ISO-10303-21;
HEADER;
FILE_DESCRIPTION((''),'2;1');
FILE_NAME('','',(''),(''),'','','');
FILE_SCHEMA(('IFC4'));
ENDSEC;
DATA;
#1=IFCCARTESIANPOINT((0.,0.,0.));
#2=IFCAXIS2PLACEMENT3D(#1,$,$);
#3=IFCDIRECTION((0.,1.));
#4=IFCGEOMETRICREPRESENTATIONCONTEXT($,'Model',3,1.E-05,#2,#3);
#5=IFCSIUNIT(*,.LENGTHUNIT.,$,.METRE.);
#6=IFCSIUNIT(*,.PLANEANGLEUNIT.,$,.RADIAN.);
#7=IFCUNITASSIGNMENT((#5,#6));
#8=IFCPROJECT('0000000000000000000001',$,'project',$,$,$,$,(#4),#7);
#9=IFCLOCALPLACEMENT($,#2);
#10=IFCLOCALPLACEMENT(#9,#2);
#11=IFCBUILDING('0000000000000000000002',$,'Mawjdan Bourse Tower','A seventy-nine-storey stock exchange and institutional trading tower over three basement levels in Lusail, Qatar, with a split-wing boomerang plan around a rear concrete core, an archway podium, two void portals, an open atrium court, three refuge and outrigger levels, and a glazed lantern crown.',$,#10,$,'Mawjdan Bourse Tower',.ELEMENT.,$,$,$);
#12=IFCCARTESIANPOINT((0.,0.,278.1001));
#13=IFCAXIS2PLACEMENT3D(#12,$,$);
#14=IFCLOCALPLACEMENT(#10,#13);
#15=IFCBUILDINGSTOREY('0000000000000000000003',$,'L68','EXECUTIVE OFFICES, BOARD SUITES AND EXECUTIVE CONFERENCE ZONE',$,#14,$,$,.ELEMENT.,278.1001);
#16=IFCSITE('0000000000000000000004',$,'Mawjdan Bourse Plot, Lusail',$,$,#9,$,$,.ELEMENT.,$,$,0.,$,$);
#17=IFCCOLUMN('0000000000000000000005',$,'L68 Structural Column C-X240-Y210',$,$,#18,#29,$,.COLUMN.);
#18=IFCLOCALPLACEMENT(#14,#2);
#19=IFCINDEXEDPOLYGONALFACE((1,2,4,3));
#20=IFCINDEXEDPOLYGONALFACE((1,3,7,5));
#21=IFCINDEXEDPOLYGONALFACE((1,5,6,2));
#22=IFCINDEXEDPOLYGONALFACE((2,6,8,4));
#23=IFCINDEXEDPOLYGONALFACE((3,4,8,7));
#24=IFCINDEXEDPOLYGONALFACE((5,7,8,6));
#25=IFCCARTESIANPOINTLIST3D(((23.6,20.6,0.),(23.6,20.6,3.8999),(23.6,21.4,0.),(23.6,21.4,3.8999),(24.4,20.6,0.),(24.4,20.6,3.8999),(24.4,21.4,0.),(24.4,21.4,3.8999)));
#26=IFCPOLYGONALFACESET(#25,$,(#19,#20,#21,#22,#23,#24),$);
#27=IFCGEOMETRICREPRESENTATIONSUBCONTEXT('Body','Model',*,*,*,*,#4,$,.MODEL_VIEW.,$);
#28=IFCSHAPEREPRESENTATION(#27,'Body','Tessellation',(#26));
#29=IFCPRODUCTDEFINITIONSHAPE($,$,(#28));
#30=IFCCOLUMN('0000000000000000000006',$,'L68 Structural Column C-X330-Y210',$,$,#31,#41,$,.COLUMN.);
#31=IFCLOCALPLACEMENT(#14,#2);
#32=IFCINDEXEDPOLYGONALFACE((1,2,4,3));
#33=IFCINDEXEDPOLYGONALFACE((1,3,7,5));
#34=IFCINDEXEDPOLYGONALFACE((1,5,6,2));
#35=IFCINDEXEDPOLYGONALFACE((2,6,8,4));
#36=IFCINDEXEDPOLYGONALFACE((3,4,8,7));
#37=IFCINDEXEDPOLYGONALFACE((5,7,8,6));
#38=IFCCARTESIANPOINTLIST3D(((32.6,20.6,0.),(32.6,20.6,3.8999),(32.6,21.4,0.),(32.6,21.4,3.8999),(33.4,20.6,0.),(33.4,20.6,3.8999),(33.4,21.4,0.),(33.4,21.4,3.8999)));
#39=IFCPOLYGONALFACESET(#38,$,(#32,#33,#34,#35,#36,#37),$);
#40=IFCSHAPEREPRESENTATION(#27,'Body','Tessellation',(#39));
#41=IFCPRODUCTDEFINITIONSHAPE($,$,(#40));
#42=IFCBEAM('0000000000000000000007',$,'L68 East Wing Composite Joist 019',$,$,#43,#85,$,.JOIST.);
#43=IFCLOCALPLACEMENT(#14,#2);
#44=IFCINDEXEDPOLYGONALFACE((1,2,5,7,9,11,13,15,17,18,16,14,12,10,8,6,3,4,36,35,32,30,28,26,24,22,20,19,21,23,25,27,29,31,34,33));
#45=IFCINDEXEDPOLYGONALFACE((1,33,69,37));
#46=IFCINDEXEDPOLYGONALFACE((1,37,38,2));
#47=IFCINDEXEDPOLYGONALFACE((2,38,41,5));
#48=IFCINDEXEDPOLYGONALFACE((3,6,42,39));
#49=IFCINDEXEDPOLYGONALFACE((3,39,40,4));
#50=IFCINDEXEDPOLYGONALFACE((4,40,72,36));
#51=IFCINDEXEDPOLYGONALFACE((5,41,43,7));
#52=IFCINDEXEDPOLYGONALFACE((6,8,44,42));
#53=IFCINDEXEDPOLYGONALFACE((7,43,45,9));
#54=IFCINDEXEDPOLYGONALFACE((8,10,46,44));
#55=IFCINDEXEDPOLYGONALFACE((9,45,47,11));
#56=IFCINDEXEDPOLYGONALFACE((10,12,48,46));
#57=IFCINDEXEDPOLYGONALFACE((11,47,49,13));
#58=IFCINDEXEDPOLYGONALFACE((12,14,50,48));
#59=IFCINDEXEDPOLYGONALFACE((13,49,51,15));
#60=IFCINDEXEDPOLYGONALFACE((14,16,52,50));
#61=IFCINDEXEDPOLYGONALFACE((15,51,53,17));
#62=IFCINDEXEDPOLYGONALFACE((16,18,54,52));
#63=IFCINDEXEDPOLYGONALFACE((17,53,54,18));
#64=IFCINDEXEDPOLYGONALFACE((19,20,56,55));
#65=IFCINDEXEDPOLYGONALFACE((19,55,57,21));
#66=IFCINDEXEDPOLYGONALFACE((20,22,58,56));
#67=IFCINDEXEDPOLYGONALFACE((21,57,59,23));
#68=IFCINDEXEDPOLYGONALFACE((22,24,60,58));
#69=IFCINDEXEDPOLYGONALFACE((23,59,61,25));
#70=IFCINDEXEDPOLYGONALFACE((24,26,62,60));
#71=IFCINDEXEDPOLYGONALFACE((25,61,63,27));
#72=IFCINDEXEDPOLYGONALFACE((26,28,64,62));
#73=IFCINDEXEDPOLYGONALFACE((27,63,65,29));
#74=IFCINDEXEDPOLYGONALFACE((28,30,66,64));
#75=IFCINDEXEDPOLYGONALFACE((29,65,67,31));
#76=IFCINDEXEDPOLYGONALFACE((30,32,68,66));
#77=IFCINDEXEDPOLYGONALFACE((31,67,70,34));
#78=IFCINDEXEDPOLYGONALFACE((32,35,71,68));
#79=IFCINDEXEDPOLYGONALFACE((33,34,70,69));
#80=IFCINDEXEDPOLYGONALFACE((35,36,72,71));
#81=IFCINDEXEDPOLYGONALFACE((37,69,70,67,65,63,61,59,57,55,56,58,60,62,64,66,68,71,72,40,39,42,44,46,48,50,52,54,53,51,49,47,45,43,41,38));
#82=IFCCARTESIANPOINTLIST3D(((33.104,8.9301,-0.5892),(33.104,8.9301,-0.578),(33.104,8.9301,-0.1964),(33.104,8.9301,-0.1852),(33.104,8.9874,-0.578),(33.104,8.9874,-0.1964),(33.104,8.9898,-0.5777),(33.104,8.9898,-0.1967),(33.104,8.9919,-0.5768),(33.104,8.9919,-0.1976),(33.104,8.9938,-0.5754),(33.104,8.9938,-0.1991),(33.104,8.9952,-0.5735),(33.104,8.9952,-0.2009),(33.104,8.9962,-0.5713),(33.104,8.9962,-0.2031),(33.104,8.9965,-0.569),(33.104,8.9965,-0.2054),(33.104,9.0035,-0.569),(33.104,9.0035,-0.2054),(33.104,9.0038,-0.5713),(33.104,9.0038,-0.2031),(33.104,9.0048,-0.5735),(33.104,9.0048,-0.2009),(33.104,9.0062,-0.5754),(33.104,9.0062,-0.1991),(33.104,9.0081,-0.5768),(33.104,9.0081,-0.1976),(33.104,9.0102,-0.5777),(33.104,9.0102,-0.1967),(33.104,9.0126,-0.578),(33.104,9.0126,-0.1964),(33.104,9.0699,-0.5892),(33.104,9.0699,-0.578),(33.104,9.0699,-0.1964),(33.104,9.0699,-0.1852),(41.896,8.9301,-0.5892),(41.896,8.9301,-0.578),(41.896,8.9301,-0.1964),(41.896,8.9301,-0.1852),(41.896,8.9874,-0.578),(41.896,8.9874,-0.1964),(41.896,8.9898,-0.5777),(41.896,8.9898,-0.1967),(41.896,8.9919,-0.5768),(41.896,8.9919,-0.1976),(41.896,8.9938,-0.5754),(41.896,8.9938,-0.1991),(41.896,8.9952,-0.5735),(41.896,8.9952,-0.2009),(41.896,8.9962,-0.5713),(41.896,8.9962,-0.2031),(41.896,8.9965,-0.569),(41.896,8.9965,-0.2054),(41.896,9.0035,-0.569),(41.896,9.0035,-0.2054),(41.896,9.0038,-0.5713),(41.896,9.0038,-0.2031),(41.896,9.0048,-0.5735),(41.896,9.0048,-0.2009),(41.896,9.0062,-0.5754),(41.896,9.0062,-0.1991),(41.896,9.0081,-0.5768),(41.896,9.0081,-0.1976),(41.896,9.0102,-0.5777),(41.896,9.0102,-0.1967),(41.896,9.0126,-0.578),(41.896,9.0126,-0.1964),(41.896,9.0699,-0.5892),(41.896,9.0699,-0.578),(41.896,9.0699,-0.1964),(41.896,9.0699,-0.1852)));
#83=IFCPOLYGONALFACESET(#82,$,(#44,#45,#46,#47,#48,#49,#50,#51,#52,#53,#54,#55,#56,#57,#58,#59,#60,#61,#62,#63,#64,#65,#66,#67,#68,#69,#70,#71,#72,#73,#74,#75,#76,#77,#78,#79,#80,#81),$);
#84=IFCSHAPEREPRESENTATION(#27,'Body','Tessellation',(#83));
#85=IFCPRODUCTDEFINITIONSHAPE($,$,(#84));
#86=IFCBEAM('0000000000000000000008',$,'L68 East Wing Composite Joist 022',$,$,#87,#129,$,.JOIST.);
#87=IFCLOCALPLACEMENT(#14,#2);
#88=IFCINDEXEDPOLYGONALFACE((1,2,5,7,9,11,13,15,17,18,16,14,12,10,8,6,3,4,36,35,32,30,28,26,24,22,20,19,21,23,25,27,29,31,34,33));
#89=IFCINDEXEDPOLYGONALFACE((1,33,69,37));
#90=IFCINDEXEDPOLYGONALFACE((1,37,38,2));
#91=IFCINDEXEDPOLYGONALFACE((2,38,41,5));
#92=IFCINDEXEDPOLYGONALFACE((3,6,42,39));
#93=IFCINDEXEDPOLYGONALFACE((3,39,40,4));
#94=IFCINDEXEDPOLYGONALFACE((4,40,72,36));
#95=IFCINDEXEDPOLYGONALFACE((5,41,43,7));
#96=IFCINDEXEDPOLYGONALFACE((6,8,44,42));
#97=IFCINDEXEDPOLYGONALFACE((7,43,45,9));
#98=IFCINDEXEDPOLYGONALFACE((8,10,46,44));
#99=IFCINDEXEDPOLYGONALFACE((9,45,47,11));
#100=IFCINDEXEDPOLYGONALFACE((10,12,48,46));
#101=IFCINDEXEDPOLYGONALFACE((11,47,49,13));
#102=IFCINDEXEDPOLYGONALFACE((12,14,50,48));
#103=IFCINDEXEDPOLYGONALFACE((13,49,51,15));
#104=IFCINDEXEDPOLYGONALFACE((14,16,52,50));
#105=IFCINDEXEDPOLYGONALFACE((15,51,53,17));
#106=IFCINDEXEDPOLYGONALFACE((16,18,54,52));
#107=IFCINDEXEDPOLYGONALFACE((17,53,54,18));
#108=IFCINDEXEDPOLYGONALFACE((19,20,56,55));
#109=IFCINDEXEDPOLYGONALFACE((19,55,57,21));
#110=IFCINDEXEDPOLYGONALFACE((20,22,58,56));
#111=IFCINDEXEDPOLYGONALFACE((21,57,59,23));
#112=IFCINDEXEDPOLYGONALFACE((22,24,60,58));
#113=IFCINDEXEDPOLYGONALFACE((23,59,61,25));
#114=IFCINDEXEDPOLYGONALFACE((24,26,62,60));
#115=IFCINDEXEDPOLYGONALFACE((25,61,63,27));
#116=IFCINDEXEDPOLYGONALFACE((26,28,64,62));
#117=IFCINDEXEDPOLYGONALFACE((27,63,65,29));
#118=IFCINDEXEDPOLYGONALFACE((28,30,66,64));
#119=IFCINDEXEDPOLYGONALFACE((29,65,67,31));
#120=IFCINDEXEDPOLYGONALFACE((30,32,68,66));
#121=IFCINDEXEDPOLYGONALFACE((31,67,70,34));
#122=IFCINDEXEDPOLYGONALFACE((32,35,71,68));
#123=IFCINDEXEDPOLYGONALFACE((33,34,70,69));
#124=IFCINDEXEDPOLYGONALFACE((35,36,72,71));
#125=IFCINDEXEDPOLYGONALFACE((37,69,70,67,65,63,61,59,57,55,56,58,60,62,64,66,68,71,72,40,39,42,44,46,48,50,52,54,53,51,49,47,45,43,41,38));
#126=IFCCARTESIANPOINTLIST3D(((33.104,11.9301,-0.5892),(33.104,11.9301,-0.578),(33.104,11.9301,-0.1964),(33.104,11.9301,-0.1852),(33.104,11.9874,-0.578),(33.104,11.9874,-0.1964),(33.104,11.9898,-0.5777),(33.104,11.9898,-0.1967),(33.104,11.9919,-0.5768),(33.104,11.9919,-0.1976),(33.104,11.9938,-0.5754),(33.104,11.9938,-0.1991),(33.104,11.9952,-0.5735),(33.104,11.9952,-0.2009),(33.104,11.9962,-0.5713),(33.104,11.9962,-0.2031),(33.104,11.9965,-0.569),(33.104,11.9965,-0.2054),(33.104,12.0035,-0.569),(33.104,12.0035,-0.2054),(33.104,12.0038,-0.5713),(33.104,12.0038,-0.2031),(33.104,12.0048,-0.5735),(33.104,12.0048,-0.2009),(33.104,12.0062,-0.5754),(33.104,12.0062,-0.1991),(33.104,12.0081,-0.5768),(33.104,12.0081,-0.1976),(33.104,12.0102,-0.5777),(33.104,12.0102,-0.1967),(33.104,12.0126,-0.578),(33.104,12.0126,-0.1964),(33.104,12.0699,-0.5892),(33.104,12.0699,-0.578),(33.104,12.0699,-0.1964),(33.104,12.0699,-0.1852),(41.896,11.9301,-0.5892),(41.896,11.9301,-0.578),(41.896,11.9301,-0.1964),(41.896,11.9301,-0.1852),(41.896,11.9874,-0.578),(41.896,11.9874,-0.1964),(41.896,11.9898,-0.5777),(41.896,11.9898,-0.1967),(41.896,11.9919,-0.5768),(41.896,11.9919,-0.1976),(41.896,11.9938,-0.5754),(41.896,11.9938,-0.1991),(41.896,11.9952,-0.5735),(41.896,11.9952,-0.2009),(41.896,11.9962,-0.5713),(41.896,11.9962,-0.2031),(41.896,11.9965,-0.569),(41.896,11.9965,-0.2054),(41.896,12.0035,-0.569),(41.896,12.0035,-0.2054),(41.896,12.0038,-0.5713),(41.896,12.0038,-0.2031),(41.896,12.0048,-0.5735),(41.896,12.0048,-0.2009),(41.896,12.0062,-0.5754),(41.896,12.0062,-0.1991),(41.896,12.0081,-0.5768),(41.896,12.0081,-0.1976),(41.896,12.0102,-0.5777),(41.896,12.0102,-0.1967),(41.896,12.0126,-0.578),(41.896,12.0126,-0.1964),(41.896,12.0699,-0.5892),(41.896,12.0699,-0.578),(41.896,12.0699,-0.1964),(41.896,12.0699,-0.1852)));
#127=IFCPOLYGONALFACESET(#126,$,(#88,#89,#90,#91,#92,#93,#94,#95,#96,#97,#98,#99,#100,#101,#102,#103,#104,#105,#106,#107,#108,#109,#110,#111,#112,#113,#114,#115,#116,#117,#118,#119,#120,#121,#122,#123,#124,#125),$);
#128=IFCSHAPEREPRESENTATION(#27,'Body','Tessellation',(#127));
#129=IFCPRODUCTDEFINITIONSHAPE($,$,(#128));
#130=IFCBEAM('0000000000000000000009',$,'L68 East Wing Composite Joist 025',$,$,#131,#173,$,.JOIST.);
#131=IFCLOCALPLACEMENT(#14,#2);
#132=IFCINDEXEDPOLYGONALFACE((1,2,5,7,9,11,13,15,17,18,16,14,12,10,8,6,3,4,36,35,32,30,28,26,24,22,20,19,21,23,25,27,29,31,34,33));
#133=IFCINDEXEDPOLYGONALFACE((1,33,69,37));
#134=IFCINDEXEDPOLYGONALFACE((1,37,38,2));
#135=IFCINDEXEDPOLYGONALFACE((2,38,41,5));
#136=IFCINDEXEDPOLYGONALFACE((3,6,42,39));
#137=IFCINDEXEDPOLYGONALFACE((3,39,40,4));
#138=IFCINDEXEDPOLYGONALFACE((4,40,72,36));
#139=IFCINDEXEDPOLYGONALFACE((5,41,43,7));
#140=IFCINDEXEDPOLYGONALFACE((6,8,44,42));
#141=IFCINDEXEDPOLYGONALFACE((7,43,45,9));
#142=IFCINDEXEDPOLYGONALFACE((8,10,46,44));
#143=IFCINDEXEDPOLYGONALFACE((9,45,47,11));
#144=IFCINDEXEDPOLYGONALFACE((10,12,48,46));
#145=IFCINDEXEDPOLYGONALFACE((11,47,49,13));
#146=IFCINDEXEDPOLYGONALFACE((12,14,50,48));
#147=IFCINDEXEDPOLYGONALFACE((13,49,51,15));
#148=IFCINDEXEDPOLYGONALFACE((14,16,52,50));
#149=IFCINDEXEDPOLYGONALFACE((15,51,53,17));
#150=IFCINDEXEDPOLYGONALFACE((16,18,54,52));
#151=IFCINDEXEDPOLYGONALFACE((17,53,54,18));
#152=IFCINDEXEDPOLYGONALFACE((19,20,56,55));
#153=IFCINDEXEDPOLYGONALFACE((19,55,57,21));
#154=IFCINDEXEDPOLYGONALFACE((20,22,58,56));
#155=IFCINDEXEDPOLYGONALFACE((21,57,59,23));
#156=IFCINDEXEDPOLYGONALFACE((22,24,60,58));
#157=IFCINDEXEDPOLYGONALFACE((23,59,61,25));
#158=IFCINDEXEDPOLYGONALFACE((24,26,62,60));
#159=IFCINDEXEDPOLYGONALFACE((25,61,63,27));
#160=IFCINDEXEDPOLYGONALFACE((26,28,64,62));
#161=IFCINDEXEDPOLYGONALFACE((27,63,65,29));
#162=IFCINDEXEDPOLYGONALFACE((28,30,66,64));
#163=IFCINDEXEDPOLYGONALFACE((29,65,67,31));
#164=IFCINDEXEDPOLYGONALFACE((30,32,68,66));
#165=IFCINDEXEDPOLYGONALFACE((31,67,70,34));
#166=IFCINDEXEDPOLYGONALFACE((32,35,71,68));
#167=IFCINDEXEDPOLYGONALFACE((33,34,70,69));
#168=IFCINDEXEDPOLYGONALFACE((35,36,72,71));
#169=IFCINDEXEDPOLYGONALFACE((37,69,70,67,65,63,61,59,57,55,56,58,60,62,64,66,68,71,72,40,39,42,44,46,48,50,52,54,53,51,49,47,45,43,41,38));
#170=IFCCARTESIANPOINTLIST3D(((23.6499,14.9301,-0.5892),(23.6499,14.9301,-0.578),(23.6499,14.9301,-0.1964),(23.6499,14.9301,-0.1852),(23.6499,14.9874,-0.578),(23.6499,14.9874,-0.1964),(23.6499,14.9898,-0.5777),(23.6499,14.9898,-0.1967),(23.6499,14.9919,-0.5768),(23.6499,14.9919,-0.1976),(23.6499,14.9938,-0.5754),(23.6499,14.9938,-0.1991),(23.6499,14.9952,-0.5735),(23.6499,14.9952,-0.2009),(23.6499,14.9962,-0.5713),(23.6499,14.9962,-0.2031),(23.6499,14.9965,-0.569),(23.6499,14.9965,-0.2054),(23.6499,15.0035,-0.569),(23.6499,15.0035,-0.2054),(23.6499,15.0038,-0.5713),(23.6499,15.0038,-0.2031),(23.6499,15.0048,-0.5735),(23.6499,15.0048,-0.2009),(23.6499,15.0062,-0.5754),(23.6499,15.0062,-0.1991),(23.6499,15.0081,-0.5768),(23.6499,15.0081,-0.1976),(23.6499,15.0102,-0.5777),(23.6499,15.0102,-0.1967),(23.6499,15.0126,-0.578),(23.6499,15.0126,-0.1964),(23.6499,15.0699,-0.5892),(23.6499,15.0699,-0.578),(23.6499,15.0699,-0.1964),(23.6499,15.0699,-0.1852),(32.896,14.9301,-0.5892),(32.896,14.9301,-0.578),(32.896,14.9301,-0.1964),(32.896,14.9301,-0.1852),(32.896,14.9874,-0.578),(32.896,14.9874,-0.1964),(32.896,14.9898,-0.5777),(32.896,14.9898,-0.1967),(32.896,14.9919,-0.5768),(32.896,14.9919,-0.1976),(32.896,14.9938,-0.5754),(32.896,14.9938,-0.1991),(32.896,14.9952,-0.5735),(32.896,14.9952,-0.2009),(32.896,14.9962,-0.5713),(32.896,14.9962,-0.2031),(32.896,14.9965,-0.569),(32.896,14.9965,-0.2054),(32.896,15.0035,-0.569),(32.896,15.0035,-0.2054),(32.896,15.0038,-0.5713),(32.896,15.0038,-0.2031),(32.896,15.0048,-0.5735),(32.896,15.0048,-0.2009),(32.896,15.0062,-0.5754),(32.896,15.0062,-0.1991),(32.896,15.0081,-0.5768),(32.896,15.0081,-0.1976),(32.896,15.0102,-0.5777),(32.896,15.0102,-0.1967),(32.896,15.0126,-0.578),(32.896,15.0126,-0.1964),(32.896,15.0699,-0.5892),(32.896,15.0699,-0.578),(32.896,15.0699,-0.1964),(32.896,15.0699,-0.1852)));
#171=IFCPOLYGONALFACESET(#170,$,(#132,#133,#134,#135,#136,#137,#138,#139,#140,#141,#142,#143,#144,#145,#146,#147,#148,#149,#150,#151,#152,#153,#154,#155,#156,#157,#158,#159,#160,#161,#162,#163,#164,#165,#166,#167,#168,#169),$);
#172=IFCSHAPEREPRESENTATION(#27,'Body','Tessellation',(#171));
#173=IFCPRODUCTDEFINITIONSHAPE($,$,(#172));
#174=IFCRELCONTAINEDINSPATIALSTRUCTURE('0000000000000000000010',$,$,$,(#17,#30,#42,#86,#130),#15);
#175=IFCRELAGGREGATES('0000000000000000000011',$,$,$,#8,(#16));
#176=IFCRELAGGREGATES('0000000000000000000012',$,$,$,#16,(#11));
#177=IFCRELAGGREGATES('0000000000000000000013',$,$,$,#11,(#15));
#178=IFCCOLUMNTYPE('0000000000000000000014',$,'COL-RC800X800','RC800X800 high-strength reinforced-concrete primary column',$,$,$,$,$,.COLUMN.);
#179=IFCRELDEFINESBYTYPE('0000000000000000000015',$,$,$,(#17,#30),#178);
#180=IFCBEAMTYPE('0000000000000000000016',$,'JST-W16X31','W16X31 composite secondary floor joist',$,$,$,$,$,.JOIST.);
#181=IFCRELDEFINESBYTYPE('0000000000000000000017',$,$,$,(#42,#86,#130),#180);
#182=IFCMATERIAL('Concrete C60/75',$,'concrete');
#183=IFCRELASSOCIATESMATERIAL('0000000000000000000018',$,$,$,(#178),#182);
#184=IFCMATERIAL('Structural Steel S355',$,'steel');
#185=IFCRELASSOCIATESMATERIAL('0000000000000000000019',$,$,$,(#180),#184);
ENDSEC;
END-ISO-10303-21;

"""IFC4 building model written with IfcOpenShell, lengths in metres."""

from ifc_helpers import new_model, si_unit, direction, frame, origin, origin_2d, place, context, subcontext, project, spatial, rectangle, i_section, extrude, material, material_profile, profile_set, type_object, element, save


model = new_model("IFC4")

# Units and contexts
model_context = context("Model", 3, precision=1e-05, world=origin(), true_north=direction((0.0, 1.0)))
body_context = subcontext(model_context, "Body", "Model", "MODEL_VIEW")
ifc_project = project(units=[si_unit("LENGTHUNIT", "METRE"), si_unit("PLANEANGLEUNIT", "RADIAN")], contexts=[model_context])

# Site, building, storey
site_placement = place(None, origin())
site = spatial("IfcSite", under=ifc_project, at=site_placement, Name="Mawjdan Bourse Plot, Lusail", CompositionType="ELEMENT", RefElevation=0.0)
building_placement = place(site_placement, origin())
building = spatial("IfcBuilding", under=site, at=building_placement, Name="Mawjdan Bourse Tower", Description="A seventy-nine-storey stock exchange and institutional trading tower over three basement levels in Lusail, Qatar, with a split-wing boomerang plan around a rear concrete core, an archway podium, two void portals, an open atrium court, three refuge and outrigger levels, and a glazed lantern crown.", LongName="Mawjdan Bourse Tower", CompositionType="ELEMENT")
storey_placement = place(building_placement, frame((0.0, 0.0, 278.1001)))
storey = spatial("IfcBuildingStorey", under=building, at=storey_placement, Name="L68", Description="EXECUTIVE OFFICES, BOARD SUITES AND EXECUTIVE CONFERENCE ZONE", CompositionType="ELEMENT", Elevation=278.1001)

# Columns
ifc_material_1 = material(Name="Concrete C60/75", Category="concrete")
ifc_material_profile_1 = material_profile(ifc_material_1, rectangle(XDim=0.8, YDim=0.8, at=origin_2d()), Name="RC800X800")
ifc_profile_set_1 = profile_set([ifc_material_profile_1], Name="Concrete C60/75")
column_type = type_object("IfcColumnType", Name="COL-RC800X800", Description="RC800X800 high-strength reinforced-concrete primary column", PredefinedType="COLUMN", material=ifc_profile_set_1)
for number, where, z_axis, x_axis, name in (
    (1, (24.0, 21.0, 0.0), (0.0, 0.0, 1.0), (1.0, 0.0, 0.0), "L68 Structural Column C-X240-Y210"),
    (2, (33.0, 21.0, 0.0), (0.0, 0.0, 1.0), (1.0, 0.0, 0.0), "L68 Structural Column C-X330-Y210"),
):
    element("IfcColumn", number, at=place(storey_placement, frame(where, z_axis=z_axis, x_axis=x_axis)), inside=storey, type_object=column_type, Name=name, PredefinedType="COLUMN", context=body_context, shape_type="SweptSolid", body=[
        extrude(rectangle(XDim=0.8, YDim=0.8, at=origin_2d()), origin(), (0.0, 0.0, 1.0), 3.8999),
    ])

# Beams
ifc_material_2 = material(Name="Structural Steel S355", Category="steel")
ifc_material_profile_2 = material_profile(ifc_material_2, i_section(OverallWidth=0.1399, OverallDepth=0.4041, WebThickness=0.0071, FlangeThickness=0.0112, FilletRadius=0.009, at=origin_2d()), Name="W16X31")
ifc_profile_set_2 = profile_set([ifc_material_profile_2], Name="Structural Steel S355")
beam_type_1 = type_object("IfcBeamType", Name="JST-W16X31", Description="W16X31 composite secondary floor joist", PredefinedType="JOIST", material=ifc_profile_set_2)
for number, where, z_axis, x_axis, name in (
    (3, (33.104, 9.0, -0.3872), (1.0, 0.0, 0.0), (0.0, 1.0, 0.0), "L68 East Wing Composite Joist 019"),
    (4, (33.104, 12.0, -0.3872), (1.0, 0.0, 0.0), (0.0, 1.0, 0.0), "L68 East Wing Composite Joist 022"),
):
    element("IfcBeam", number, at=place(storey_placement, frame(where, z_axis=z_axis, x_axis=x_axis)), inside=storey, type_object=beam_type_1, Name=name, PredefinedType="JOIST", context=body_context, shape_type="SweptSolid", body=[
        extrude(i_section(OverallWidth=0.1399, OverallDepth=0.4041, WebThickness=0.0071, FlangeThickness=0.0112, FilletRadius=0.009, at=origin_2d()), origin(), (0.0, 0.0, 1.0), 8.792),
    ])
for number, where, z_axis, x_axis, name in (
    (5, (23.6499, 15.0, -0.3872), (1.0, 0.0, 0.0), (0.0, 1.0, 0.0), "L68 East Wing Composite Joist 025"),
):
    element("IfcBeam", number, at=place(storey_placement, frame(where, z_axis=z_axis, x_axis=x_axis)), inside=storey, type_object=beam_type_1, Name=name, PredefinedType="JOIST", context=body_context, shape_type="SweptSolid", body=[
        extrude(i_section(OverallWidth=0.1399, OverallDepth=0.4041, WebThickness=0.0071, FlangeThickness=0.0112, FilletRadius=0.009, at=origin_2d()), origin(), (0.0, 0.0, 1.0), 9.2461),
    ])

save(model, "model.ifc")
